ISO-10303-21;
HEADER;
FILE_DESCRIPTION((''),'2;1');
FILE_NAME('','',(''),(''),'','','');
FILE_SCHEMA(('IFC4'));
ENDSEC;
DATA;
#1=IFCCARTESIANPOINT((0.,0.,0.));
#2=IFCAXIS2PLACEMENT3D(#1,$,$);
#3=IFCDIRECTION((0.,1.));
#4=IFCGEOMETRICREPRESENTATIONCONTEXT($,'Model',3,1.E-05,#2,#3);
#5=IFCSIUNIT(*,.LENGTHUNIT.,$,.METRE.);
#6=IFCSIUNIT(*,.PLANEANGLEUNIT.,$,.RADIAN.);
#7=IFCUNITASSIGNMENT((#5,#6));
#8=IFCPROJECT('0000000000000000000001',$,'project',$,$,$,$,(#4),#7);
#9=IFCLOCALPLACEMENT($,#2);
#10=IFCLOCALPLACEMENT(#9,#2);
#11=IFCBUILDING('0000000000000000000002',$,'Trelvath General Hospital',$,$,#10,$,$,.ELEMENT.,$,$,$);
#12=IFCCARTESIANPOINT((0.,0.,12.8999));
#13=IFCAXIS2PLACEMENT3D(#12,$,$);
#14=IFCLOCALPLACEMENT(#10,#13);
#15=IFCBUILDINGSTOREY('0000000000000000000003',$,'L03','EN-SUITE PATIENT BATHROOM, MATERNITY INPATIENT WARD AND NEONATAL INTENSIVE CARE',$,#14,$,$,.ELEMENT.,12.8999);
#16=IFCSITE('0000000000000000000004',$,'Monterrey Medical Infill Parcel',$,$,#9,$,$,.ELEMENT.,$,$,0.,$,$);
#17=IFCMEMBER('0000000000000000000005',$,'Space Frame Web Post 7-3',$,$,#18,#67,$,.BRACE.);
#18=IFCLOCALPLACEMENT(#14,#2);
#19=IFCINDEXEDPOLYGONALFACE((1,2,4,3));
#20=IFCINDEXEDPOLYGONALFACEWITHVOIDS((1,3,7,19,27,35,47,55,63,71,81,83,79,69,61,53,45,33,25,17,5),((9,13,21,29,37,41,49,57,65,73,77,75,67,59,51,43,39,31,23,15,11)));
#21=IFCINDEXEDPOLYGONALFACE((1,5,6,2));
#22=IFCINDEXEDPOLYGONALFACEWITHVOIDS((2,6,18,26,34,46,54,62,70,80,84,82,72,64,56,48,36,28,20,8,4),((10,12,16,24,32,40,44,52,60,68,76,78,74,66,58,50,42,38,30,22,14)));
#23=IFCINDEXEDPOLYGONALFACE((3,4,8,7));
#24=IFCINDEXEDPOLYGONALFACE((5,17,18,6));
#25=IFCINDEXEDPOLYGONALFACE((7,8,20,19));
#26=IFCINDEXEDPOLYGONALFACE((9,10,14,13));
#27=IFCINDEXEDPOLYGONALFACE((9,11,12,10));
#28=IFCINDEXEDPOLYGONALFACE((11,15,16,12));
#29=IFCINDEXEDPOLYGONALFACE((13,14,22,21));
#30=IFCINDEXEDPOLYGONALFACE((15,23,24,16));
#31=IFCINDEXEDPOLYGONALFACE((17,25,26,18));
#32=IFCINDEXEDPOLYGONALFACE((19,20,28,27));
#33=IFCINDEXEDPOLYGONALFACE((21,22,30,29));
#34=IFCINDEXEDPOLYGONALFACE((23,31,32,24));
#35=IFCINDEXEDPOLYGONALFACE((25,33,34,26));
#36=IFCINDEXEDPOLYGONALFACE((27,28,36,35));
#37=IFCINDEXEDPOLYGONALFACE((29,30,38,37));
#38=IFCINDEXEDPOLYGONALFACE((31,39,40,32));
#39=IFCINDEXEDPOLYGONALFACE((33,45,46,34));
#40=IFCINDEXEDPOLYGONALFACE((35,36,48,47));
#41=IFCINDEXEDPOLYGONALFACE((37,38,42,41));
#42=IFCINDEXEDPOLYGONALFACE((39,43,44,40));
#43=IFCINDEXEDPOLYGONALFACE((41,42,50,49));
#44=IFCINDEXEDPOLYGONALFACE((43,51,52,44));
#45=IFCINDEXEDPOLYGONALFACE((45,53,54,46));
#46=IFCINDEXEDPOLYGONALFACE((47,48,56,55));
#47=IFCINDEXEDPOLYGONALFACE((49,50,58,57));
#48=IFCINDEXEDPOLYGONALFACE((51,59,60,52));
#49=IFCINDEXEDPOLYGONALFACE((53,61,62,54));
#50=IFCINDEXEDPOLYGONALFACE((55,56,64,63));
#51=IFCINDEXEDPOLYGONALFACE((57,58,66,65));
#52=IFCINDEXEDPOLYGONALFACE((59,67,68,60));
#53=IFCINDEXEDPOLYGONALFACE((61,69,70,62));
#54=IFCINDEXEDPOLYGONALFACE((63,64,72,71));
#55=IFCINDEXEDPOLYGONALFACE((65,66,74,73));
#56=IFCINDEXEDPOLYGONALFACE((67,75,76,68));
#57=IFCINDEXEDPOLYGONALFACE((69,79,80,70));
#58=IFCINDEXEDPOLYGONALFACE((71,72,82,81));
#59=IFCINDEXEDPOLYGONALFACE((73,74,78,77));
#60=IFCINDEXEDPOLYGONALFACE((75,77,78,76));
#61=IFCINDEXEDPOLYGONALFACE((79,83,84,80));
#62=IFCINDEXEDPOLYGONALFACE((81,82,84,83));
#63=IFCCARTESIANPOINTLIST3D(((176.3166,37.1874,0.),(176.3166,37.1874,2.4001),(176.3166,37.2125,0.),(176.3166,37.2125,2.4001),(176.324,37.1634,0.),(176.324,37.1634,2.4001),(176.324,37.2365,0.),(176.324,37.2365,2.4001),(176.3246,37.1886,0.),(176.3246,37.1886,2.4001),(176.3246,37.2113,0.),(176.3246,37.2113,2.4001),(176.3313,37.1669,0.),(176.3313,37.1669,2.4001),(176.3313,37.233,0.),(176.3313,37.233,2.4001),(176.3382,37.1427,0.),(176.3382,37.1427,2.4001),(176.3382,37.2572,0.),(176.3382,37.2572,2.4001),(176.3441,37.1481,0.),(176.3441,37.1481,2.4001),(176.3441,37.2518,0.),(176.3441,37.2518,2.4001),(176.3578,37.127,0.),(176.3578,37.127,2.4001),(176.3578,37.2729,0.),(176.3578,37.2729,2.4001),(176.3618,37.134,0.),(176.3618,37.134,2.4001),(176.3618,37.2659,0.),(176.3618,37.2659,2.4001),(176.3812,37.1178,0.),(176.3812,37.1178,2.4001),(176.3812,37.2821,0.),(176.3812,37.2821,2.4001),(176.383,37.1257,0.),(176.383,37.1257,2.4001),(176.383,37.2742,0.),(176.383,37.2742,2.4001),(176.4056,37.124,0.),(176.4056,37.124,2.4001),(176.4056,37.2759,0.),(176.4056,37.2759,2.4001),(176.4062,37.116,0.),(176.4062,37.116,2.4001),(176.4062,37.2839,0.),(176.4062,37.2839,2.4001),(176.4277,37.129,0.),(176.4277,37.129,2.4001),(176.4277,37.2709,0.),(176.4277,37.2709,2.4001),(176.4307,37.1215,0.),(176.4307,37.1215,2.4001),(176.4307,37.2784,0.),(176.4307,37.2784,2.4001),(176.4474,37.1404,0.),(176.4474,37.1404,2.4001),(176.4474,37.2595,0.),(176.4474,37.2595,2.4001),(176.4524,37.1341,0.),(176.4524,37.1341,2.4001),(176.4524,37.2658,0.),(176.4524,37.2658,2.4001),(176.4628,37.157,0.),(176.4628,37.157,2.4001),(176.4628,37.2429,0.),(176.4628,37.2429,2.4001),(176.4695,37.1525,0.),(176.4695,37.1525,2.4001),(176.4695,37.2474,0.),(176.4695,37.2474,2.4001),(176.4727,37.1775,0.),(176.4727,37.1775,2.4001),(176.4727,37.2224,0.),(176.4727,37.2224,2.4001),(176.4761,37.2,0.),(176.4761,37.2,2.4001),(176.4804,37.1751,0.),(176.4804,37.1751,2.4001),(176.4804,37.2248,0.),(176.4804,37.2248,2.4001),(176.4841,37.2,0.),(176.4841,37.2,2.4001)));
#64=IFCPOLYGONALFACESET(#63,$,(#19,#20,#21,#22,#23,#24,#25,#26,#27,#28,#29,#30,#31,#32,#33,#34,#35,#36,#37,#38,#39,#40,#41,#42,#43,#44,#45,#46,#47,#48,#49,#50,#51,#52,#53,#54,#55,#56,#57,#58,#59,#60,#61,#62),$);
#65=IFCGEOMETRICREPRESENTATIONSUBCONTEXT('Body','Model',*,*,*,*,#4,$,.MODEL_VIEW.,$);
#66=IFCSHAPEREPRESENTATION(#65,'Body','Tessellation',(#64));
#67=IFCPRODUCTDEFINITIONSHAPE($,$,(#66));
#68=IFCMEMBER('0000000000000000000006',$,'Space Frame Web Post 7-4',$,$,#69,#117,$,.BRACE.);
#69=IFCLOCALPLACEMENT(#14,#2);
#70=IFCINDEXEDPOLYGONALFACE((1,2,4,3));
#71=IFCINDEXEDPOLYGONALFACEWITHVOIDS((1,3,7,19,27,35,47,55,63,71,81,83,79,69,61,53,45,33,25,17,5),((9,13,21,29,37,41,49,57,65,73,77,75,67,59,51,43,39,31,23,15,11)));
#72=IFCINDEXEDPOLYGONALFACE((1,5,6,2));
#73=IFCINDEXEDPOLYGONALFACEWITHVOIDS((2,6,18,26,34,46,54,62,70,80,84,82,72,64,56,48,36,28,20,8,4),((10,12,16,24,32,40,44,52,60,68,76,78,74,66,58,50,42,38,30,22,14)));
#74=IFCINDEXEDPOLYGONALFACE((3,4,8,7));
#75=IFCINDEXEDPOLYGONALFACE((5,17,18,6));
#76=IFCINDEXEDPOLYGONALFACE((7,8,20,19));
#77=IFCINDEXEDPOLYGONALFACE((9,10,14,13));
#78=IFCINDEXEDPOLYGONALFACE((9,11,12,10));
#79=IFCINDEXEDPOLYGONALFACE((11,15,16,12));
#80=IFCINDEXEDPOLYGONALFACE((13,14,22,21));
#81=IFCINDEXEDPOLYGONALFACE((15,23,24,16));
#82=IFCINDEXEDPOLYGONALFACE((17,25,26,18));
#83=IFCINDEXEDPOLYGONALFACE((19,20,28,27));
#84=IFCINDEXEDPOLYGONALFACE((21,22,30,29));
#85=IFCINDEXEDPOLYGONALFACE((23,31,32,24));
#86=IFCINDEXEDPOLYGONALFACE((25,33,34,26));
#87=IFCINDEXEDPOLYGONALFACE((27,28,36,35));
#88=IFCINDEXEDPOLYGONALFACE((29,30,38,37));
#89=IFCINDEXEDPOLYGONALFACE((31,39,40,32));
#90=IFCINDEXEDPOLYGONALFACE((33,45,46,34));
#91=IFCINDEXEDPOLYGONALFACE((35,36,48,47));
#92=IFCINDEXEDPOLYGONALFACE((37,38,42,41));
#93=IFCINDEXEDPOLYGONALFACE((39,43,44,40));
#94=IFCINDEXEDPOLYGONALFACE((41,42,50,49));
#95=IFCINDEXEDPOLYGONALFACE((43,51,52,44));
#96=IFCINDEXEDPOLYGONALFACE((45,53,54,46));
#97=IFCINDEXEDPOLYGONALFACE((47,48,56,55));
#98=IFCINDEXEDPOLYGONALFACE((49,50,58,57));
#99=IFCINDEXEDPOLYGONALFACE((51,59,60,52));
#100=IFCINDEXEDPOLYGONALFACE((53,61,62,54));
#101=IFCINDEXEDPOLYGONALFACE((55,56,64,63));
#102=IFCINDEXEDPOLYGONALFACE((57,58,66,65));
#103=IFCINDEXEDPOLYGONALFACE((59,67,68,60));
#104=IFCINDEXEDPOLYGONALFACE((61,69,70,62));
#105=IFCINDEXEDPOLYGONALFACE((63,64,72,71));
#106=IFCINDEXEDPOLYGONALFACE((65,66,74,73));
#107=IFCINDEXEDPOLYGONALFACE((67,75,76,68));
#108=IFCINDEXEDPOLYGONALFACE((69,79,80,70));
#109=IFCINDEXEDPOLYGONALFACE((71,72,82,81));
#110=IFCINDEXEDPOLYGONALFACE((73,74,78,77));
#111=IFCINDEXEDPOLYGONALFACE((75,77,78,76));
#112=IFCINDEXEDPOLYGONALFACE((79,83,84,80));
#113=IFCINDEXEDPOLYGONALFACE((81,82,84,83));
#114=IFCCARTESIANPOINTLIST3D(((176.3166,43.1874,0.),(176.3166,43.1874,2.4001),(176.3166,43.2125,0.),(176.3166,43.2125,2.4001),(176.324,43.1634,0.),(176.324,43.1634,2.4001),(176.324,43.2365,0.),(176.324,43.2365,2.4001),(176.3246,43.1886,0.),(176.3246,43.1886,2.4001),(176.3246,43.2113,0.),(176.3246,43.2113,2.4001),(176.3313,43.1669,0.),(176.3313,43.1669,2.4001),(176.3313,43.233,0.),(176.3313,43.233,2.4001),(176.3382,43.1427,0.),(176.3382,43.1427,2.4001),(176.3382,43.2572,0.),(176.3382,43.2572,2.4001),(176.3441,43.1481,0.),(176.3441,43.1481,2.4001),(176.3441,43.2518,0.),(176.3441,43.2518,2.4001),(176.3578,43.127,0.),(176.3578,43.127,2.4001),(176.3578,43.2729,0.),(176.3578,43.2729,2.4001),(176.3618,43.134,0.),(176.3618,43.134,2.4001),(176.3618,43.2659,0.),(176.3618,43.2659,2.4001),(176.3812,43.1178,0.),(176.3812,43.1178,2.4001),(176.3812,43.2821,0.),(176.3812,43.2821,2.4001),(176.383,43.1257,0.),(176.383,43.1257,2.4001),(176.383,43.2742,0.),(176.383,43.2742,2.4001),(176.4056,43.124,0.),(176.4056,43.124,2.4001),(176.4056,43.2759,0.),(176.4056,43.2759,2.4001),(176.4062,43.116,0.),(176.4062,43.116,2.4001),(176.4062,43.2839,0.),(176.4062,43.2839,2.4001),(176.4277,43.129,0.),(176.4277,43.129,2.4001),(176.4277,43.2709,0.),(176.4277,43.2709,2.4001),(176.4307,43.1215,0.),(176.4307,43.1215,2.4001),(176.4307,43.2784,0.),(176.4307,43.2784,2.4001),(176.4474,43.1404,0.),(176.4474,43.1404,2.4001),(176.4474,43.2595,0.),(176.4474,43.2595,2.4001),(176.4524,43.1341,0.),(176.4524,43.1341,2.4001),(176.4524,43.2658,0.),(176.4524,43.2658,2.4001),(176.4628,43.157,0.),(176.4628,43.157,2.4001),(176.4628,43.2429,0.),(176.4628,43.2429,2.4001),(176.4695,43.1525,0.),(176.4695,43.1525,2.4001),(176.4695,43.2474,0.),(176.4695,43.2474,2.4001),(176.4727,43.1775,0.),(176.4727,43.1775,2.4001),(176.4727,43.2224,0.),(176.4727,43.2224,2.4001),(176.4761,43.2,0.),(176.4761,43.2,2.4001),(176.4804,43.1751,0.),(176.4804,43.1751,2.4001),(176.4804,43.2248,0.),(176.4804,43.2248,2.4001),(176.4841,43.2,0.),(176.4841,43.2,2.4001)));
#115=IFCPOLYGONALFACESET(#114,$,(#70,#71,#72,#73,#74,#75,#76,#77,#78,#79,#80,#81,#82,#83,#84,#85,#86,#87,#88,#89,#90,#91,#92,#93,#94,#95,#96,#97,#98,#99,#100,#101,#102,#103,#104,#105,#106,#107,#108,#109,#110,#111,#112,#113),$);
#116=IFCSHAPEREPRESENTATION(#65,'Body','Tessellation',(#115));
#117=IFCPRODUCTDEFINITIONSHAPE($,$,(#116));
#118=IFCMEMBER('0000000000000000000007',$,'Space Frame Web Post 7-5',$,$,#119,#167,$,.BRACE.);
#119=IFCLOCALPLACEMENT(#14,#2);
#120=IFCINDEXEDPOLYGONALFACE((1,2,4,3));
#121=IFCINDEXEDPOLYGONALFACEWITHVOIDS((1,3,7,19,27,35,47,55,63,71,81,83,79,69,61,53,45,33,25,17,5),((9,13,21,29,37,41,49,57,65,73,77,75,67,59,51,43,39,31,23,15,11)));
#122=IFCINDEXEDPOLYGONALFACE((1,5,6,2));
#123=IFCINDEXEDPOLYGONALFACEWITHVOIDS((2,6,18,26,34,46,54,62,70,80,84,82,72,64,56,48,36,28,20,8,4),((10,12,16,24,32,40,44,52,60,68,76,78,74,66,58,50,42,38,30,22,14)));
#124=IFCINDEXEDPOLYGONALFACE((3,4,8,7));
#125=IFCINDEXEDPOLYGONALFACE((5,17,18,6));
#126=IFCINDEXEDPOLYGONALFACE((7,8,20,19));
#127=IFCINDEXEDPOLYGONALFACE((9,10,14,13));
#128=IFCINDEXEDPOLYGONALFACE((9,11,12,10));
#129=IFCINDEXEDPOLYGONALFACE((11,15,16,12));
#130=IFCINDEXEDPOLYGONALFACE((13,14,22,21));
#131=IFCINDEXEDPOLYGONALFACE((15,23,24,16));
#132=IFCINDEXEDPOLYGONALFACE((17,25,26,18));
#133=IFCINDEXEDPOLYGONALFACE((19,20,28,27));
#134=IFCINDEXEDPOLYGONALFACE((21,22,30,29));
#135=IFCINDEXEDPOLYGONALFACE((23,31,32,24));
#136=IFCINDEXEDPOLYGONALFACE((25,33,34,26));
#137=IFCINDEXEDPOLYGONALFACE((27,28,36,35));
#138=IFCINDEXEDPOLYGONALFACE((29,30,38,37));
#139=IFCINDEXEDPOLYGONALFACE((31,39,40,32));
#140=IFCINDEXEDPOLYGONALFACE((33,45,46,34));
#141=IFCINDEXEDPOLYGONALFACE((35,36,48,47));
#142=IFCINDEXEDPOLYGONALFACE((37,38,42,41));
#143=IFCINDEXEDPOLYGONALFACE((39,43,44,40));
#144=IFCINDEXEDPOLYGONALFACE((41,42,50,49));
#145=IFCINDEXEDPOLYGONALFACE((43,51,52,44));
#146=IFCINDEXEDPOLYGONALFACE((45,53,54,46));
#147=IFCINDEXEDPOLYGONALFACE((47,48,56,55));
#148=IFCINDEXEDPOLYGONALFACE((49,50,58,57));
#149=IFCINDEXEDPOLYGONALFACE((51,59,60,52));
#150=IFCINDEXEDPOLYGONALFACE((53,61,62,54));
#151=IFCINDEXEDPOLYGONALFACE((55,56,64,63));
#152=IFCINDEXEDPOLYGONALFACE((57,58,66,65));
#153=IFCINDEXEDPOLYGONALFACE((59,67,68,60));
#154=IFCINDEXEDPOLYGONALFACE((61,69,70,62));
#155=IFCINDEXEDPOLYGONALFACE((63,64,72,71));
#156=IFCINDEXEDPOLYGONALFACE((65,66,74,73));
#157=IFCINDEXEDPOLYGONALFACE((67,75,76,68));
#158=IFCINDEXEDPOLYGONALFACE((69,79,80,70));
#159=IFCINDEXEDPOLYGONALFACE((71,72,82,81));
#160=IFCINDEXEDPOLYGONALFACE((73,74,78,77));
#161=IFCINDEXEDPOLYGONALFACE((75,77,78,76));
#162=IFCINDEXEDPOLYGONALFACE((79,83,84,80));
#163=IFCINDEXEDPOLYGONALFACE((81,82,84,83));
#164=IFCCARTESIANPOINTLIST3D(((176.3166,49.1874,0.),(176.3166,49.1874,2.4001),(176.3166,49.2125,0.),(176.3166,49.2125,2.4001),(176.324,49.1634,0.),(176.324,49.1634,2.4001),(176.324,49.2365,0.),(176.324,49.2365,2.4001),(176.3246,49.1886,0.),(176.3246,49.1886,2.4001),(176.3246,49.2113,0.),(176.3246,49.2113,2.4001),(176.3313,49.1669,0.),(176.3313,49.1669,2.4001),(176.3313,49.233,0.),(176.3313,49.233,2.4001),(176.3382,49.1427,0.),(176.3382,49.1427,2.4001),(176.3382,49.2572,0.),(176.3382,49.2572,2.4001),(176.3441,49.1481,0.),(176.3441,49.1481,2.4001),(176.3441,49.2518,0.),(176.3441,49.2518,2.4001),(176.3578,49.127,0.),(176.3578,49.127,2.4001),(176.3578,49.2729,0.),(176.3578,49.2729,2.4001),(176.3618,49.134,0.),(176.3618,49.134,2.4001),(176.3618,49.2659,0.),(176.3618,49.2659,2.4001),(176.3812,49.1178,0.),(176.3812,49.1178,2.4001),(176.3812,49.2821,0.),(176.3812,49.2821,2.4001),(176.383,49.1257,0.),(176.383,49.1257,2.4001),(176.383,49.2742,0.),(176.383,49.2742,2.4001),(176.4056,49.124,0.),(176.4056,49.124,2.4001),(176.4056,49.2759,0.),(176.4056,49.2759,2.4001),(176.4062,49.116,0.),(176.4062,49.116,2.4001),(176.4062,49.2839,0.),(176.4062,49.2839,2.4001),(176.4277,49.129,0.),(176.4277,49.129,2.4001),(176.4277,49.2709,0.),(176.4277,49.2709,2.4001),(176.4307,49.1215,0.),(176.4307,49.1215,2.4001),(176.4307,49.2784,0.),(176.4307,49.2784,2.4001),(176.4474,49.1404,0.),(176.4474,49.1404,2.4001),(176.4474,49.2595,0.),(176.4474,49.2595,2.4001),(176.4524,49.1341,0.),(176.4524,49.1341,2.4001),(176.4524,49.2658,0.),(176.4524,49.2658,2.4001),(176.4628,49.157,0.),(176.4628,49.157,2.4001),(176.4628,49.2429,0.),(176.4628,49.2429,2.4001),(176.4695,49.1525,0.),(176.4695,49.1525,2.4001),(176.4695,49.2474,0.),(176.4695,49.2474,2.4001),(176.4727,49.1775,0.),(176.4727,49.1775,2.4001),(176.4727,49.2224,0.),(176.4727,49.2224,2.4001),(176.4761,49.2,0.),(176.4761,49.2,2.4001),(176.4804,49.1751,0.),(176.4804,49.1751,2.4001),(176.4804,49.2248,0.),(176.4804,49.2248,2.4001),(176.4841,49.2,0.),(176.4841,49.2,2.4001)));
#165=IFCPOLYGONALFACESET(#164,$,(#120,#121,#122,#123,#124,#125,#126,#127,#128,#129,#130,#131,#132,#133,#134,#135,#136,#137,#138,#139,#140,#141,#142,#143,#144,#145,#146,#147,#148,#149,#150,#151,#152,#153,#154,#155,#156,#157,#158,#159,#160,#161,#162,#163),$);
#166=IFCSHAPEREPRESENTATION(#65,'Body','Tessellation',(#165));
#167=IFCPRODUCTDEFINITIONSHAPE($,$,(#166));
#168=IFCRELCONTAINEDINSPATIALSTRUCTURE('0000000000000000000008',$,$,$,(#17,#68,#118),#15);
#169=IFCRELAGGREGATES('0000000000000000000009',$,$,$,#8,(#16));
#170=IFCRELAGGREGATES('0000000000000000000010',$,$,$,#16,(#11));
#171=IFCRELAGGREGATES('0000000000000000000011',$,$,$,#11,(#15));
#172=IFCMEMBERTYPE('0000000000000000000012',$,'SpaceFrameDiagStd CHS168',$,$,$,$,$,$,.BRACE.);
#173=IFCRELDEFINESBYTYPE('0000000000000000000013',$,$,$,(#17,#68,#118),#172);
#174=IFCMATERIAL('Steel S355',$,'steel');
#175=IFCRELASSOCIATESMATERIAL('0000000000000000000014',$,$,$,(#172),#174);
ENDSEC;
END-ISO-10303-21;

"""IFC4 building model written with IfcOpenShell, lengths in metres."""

from ifc_helpers import new_model, si_unit, direction, frame, origin, origin_2d, place, context, subcontext, project, spatial, hollow_circle, extrude, material, material_profile, profile_set, type_object, element, save


model = new_model("IFC4")

# Units and contexts
model_context = context("Model", 3, precision=1e-05, world=origin(), true_north=direction((0.0, 1.0)))
body_context = subcontext(model_context, "Body", "Model", "MODEL_VIEW")
ifc_project = project(units=[si_unit("LENGTHUNIT", "METRE"), si_unit("PLANEANGLEUNIT", "RADIAN")], contexts=[model_context])

# Site, building, storey
site_placement = place(None, origin())
site = spatial("IfcSite", under=ifc_project, at=site_placement, Name="Monterrey Medical Infill Parcel", CompositionType="ELEMENT", RefElevation=0.0)
building_placement = place(site_placement, origin())
building = spatial("IfcBuilding", under=site, at=building_placement, Name="Trelvath General Hospital", CompositionType="ELEMENT")
storey_placement = place(building_placement, frame((0.0, 0.0, 12.8999)))
storey = spatial("IfcBuildingStorey", under=building, at=storey_placement, Name="L03", Description="EN-SUITE PATIENT BATHROOM, MATERNITY INPATIENT WARD AND NEONATAL INTENSIVE CARE", CompositionType="ELEMENT", Elevation=12.8999)

# Members
ifc_material_1 = material(Name="Steel S355", Category="steel")
ifc_material_profile_1 = material_profile(ifc_material_1, hollow_circle(Radius=0.0842, WallThickness=0.0081, at=origin_2d()), Name="CHS168.3x8.0")
ifc_profile_set_1 = profile_set([ifc_material_profile_1], Name="Steel S355")
member_type_1 = type_object("IfcMemberType", Name="SpaceFrameDiagStd CHS168", PredefinedType="BRACE", material=ifc_profile_set_1)
for number, where, z_axis, x_axis, name in (
    (1, (176.3999, 37.2, 0.0), (0.0, 0.0, 1.0), (1.0, 0.0, 0.0), "Space Frame Web Post 7-3"),
    (2, (176.3999, 43.2, 0.0), (0.0, 0.0, 1.0), (1.0, 0.0, 0.0), "Space Frame Web Post 7-4"),
    (3, (176.3999, 49.2, 0.0), (0.0, 0.0, 1.0), (1.0, 0.0, 0.0), "Space Frame Web Post 7-5"),
):
    element("IfcMember", number, at=place(storey_placement, frame(where, z_axis=z_axis, x_axis=x_axis)), inside=storey, type_object=member_type_1, Name=name, PredefinedType="BRACE", context=body_context, shape_type="SweptSolid", body=[
        extrude(hollow_circle(Radius=0.0842, WallThickness=0.0081, at=origin_2d()), origin(), (0.0, 0.0, 1.0), 2.4001),
    ])

save(model, "model.ifc")
